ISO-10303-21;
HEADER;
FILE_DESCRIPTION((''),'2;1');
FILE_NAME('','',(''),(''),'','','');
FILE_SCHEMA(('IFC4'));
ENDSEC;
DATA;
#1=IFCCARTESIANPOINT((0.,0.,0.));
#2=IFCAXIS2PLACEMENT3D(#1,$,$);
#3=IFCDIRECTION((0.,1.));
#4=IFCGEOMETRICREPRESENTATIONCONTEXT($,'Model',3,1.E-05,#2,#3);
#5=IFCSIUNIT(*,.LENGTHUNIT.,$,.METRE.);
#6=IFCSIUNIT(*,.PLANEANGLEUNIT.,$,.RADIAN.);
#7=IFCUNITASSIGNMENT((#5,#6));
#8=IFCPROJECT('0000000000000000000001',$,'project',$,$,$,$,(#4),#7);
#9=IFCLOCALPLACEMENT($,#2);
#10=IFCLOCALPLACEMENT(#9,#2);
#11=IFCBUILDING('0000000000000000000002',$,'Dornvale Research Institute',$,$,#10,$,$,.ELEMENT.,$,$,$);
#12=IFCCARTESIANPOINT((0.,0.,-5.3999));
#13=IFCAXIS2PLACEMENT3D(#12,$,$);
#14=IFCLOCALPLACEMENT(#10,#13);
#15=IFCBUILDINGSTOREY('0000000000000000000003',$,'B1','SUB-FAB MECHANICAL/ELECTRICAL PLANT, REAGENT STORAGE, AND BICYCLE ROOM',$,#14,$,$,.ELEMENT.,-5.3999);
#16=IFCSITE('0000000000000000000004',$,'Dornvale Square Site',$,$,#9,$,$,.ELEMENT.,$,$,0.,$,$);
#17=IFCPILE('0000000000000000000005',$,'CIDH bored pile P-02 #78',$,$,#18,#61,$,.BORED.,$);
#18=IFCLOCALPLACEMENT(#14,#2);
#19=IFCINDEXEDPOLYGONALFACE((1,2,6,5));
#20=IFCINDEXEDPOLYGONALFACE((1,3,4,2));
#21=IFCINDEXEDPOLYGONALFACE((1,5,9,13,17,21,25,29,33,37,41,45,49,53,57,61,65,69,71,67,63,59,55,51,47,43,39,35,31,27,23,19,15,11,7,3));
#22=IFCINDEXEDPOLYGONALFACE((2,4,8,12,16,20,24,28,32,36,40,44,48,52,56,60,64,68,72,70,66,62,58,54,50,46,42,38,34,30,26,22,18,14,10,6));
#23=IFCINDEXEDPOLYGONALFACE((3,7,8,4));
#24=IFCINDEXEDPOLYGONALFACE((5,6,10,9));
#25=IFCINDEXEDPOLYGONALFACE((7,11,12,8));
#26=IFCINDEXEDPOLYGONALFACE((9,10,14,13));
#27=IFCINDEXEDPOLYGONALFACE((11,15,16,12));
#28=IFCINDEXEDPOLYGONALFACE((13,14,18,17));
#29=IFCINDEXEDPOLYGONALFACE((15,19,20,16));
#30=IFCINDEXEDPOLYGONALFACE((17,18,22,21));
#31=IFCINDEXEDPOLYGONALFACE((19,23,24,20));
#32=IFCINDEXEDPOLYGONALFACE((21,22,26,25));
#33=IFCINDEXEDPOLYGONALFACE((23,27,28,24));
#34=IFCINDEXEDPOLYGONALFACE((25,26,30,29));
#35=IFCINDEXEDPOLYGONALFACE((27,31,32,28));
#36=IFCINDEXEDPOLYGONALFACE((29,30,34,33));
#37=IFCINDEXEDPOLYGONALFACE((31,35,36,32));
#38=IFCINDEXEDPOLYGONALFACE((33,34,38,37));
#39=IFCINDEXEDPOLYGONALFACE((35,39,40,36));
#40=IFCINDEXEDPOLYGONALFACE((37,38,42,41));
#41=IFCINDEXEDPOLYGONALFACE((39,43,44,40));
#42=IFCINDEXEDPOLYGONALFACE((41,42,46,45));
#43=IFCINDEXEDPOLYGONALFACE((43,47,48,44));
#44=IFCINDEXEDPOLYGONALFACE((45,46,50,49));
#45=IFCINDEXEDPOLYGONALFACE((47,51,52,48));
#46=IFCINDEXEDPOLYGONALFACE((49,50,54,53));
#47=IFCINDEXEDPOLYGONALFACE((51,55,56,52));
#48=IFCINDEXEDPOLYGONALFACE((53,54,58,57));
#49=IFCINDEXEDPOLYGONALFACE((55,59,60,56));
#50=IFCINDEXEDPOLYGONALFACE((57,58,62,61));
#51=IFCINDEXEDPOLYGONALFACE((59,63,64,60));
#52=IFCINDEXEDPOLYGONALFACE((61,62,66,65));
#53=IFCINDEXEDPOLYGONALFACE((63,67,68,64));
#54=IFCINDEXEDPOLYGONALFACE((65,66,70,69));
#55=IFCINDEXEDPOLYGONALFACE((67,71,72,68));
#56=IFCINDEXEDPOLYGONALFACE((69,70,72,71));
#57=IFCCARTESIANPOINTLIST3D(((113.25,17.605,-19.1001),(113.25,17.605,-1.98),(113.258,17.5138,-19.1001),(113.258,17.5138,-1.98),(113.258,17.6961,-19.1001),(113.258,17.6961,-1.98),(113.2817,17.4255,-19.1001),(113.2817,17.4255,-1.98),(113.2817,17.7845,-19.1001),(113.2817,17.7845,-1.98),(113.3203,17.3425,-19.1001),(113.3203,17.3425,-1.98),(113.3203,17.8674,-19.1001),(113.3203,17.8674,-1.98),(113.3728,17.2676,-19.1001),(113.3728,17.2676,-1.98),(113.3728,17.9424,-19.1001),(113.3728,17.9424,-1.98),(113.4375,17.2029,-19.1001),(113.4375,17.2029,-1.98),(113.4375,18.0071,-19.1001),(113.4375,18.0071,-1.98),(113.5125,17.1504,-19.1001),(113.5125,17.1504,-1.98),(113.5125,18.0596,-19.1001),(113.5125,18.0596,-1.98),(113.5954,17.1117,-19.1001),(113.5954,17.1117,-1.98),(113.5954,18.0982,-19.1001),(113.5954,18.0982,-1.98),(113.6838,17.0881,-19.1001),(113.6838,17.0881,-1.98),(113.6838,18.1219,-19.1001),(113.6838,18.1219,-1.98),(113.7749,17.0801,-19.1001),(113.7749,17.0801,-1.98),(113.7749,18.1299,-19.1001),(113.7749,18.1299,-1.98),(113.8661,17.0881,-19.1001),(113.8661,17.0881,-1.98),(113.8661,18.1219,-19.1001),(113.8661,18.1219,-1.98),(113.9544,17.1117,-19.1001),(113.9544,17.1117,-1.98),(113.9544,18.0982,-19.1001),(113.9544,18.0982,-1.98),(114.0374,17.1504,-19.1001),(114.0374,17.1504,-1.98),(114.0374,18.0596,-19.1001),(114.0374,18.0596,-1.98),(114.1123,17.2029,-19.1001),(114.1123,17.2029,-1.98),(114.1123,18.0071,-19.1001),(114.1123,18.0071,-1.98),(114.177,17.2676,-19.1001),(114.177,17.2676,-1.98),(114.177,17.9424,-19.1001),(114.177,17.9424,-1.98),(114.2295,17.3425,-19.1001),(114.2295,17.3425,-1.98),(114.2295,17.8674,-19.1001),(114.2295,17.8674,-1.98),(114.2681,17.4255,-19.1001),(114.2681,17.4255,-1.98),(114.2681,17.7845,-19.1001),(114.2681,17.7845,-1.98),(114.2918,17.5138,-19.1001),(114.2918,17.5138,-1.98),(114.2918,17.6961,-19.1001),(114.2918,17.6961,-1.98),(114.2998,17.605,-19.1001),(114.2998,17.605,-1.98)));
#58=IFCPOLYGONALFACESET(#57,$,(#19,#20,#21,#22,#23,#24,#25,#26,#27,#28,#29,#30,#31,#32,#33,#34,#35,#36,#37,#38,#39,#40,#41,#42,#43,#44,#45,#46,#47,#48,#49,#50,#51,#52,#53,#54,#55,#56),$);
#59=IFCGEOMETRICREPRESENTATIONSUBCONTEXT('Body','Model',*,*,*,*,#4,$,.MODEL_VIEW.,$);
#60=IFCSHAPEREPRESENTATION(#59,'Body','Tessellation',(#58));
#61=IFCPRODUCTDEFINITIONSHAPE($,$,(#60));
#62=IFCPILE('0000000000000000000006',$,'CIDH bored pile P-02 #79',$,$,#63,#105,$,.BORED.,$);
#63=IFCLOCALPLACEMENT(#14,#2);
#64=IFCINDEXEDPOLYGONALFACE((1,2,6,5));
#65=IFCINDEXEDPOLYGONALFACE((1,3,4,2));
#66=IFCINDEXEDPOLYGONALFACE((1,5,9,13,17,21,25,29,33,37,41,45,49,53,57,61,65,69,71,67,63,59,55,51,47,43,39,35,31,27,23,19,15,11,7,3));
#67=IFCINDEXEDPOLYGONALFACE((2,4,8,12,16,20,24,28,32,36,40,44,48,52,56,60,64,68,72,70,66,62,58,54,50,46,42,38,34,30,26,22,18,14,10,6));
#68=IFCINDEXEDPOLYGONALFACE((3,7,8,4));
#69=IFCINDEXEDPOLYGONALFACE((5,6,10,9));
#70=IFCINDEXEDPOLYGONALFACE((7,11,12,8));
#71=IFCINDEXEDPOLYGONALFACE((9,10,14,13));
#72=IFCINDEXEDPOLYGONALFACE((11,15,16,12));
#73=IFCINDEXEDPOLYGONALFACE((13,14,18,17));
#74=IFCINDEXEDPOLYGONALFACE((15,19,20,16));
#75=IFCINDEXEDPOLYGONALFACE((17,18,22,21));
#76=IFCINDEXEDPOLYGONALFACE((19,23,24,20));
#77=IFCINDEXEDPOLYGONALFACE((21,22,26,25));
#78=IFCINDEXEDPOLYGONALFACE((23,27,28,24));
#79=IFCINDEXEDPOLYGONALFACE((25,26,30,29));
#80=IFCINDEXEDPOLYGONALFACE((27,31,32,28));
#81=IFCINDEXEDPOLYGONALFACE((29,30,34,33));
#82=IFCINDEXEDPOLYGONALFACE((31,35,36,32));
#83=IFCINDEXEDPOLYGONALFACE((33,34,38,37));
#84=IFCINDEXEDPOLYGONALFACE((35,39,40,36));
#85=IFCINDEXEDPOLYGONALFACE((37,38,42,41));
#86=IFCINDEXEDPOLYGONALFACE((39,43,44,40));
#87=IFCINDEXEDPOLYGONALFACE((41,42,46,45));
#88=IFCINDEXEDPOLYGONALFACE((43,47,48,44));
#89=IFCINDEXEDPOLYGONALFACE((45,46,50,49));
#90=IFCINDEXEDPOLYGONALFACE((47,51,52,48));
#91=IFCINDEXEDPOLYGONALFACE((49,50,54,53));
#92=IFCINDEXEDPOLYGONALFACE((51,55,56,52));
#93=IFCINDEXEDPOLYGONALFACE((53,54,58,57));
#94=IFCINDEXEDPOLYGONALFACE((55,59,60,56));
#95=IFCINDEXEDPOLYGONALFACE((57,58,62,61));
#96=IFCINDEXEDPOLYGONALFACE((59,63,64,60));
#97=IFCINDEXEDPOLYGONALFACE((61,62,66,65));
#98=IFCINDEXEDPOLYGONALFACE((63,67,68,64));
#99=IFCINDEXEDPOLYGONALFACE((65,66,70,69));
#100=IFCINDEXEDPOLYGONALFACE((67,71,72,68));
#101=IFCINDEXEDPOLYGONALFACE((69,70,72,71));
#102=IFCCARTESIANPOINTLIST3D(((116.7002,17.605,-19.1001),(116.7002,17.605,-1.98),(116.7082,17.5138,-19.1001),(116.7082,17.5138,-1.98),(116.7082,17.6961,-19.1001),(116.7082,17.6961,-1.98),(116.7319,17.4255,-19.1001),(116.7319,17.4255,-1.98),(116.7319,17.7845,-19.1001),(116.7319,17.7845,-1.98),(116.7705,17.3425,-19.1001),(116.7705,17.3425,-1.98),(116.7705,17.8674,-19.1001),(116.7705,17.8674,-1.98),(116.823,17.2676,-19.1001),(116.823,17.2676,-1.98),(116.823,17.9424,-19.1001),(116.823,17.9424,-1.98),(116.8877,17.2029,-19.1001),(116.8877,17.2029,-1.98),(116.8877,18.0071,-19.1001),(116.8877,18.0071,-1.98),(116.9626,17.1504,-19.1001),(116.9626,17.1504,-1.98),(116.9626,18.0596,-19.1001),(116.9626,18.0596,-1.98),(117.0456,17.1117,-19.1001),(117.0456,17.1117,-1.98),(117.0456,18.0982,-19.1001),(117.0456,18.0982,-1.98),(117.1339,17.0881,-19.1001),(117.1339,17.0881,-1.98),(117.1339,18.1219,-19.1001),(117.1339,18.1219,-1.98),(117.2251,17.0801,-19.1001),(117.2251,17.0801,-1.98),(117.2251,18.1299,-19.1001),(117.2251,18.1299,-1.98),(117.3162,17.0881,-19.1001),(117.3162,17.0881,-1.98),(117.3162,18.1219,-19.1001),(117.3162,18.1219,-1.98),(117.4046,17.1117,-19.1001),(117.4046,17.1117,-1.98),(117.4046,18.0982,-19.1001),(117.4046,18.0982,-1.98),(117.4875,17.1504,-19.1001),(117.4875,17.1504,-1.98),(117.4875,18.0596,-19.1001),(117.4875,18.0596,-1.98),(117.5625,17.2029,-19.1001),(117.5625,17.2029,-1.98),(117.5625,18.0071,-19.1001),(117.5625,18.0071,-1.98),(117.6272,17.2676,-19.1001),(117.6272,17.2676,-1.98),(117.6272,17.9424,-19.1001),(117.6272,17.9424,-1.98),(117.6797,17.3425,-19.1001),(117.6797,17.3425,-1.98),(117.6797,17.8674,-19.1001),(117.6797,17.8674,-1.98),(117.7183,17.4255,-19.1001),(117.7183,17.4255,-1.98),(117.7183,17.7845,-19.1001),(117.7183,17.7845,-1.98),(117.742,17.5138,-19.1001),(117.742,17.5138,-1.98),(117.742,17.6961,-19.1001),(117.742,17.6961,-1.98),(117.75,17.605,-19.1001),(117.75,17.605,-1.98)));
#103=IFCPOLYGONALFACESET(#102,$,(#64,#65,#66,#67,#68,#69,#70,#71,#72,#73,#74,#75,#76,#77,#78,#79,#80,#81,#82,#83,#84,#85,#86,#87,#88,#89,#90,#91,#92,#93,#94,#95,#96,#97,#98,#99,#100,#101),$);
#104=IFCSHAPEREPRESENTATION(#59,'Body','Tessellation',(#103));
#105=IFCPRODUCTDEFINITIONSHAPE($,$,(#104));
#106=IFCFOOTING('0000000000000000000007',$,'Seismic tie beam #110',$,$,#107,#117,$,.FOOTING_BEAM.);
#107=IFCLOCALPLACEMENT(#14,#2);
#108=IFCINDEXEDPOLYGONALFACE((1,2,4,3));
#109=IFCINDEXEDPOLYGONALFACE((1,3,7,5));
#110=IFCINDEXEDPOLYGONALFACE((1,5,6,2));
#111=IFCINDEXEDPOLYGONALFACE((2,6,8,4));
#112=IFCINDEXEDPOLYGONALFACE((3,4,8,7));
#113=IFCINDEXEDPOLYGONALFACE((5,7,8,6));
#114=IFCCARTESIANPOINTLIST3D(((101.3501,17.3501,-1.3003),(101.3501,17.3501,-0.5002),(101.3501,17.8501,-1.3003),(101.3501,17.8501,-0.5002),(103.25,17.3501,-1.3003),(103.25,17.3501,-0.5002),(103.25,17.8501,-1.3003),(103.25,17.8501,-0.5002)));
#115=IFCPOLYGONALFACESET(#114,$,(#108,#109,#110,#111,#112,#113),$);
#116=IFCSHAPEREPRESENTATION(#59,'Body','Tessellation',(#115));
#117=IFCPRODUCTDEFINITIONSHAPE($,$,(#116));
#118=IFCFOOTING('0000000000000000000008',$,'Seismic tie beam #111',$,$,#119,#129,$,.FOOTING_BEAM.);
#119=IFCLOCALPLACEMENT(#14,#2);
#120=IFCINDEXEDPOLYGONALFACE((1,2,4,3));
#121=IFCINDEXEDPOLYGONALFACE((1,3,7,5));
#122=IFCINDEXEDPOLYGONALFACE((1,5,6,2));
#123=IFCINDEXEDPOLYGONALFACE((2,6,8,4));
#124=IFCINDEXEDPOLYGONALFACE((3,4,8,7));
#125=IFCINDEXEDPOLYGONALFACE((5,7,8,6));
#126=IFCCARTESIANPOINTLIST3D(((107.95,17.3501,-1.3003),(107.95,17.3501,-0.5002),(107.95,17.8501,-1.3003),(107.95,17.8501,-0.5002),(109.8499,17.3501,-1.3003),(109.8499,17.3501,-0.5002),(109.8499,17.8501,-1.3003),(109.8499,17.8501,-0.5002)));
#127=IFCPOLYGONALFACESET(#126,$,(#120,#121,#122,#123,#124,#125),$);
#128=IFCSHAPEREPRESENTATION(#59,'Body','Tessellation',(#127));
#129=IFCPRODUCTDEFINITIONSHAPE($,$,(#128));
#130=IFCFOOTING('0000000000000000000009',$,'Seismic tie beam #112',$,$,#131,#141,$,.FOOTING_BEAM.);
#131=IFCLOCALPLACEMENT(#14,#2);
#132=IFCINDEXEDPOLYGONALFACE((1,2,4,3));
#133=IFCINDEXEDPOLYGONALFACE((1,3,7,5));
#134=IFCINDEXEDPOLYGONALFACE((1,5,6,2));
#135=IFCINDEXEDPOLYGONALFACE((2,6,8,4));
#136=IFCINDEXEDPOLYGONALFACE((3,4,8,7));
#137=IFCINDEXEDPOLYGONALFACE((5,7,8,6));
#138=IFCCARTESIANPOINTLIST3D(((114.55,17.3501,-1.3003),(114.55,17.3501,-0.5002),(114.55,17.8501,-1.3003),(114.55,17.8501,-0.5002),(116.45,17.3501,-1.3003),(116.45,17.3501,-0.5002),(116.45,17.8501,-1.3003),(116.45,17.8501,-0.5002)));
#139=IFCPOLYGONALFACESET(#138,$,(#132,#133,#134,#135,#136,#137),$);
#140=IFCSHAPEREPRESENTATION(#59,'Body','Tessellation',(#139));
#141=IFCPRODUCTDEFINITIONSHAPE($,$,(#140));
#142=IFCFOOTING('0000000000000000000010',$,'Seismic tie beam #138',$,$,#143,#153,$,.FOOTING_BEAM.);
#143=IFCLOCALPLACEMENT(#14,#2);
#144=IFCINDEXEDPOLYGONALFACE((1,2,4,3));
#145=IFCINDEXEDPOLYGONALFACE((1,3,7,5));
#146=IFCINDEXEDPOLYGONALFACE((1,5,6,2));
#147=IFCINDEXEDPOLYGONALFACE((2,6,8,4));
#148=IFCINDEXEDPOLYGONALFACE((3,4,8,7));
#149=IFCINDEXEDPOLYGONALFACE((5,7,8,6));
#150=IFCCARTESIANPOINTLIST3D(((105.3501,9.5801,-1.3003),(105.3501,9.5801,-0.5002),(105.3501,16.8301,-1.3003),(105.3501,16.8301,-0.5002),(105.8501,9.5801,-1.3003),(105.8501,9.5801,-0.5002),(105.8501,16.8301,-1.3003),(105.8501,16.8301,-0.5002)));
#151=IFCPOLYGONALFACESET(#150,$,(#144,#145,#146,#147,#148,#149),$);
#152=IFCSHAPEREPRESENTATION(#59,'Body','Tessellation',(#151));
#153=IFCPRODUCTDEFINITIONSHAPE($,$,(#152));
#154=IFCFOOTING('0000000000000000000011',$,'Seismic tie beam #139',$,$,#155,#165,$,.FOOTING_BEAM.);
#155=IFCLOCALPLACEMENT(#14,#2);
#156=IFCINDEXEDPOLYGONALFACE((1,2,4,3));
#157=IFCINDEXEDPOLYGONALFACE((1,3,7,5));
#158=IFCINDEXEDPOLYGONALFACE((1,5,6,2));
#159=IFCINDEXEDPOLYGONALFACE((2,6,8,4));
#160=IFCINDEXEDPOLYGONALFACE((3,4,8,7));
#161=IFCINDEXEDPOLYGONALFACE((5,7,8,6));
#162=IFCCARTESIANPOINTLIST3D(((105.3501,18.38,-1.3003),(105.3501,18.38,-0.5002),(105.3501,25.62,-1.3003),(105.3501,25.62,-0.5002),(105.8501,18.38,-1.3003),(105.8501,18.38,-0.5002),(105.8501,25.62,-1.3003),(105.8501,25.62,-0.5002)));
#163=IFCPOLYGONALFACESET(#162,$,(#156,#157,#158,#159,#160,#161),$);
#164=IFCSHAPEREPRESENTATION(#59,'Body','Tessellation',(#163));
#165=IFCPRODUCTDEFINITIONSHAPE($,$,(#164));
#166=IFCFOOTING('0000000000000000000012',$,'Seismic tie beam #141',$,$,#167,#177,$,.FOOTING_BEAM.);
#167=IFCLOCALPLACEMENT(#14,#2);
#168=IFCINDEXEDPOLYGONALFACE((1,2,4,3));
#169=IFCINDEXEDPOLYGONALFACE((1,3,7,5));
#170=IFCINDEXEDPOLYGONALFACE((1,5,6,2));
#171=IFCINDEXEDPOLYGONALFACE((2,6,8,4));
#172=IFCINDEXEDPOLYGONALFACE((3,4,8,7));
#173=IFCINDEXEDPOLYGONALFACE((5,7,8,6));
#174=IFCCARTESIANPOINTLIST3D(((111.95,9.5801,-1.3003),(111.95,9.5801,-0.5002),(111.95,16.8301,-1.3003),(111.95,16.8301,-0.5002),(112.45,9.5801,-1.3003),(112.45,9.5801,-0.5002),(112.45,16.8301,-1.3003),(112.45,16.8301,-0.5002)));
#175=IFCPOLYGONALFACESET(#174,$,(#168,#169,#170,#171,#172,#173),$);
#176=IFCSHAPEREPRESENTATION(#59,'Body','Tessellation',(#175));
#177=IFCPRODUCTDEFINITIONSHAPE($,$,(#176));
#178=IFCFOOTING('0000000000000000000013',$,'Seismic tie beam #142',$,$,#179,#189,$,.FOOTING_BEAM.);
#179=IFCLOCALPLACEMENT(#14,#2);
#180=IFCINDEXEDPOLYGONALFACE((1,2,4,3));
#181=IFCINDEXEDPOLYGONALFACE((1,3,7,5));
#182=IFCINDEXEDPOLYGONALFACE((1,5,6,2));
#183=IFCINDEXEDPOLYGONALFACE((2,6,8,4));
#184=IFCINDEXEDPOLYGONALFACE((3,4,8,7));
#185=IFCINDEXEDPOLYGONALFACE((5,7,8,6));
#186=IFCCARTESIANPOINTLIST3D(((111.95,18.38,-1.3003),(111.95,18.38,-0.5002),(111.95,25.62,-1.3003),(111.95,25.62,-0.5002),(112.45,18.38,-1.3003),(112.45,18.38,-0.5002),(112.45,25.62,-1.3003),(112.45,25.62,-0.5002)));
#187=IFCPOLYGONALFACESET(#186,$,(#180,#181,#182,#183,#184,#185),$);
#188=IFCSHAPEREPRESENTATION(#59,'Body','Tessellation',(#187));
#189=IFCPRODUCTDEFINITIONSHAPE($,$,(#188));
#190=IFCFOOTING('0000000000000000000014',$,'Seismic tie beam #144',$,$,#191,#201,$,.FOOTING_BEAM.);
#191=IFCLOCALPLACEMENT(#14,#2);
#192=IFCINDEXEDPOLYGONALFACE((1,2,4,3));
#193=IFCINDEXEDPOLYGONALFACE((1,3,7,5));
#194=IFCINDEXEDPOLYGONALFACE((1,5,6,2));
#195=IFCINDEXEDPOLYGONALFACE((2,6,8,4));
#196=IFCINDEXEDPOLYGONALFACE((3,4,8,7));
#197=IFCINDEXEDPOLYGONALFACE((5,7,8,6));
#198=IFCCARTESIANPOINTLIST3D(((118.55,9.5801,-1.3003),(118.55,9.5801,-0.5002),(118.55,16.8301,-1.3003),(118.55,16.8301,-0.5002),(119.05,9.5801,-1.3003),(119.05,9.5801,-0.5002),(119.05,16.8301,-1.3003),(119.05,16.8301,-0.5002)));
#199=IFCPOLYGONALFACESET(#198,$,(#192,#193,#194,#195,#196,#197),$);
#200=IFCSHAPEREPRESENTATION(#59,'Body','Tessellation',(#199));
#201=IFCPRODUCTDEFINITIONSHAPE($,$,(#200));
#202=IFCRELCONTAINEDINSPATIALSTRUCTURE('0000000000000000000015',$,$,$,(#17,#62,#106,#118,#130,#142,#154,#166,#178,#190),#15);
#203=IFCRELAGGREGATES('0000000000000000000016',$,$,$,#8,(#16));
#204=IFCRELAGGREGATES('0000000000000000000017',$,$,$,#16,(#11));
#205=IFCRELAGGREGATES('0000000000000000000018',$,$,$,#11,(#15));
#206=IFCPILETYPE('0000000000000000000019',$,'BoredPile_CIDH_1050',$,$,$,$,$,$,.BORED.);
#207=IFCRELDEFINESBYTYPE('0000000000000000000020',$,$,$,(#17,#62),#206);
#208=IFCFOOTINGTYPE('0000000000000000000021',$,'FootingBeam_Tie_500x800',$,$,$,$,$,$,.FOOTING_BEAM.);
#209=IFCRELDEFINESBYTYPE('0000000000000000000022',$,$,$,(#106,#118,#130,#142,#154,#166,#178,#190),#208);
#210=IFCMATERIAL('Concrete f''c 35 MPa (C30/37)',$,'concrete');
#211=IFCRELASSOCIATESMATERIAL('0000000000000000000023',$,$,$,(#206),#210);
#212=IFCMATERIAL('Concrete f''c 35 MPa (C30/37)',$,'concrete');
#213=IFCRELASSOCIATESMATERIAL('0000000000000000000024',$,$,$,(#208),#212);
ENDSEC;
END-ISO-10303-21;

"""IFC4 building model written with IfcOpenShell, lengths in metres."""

from ifc_helpers import new_model, si_unit, direction, frame, origin, origin_2d, place, context, subcontext, project, spatial, rectangle, circle, extrude, material, material_profile, profile_set, type_object, element, save


model = new_model("IFC4")

# Units and contexts
model_context = context("Model", 3, precision=1e-05, world=origin(), true_north=direction((0.0, 1.0)))
body_context = subcontext(model_context, "Body", "Model", "MODEL_VIEW")
ifc_project = project(units=[si_unit("LENGTHUNIT", "METRE"), si_unit("PLANEANGLEUNIT", "RADIAN")], contexts=[model_context])

# Site, building, storey
site_placement = place(None, origin())
site = spatial("IfcSite", under=ifc_project, at=site_placement, Name="Dornvale Square Site", CompositionType="ELEMENT", RefElevation=0.0)
building_placement = place(site_placement, origin())
building = spatial("IfcBuilding", under=site, at=building_placement, Name="Dornvale Research Institute", CompositionType="ELEMENT")
storey_placement = place(building_placement, frame((0.0, 0.0, -5.3999)))
storey = spatial("IfcBuildingStorey", under=building, at=storey_placement, Name="B1", Description="SUB-FAB MECHANICAL/ELECTRICAL PLANT, REAGENT STORAGE, AND BICYCLE ROOM", CompositionType="ELEMENT", Elevation=-5.3999)

# Piles
ifc_material_1 = material(Name="Concrete f'c 35 MPa (C30/37)", Category="concrete")
ifc_material_profile_1 = material_profile(ifc_material_1, circle(Radius=0.5249, at=origin_2d()), Name="CIDH PILE D1050")
ifc_profile_set_1 = profile_set([ifc_material_profile_1], Name="Concrete f'c 35 MPa (C30/37)")
pile_type = type_object("IfcPileType", Name="BoredPile_CIDH_1050", PredefinedType="BORED", material=ifc_profile_set_1)
for number, where, z_axis, x_axis, name in (
    (1, (113.7749, 17.605, -1.98), (0.0, 0.0, -1.0), (1.0, 0.0, 0.0), "CIDH bored pile P-02 #78"),
    (2, (117.2251, 17.605, -1.98), (0.0, 0.0, -1.0), (1.0, 0.0, 0.0), "CIDH bored pile P-02 #79"),
):
    element("IfcPile", number, at=place(storey_placement, frame(where, z_axis=z_axis, x_axis=x_axis)), inside=storey, type_object=pile_type, Name=name, PredefinedType="BORED", context=body_context, shape_type="SweptSolid", body=[
        extrude(circle(Radius=0.5249, at=origin_2d()), origin(), (0.0, 0.0, 1.0), 17.1201),
    ])

# Footings
ifc_material_2 = material(Name="Concrete f'c 35 MPa (C30/37)", Category="concrete")
footing_type_1 = type_object("IfcFootingType", Name="FootingBeam_Tie_500x800", PredefinedType="FOOTING_BEAM", material=ifc_material_2)
for number, where, z_axis, x_axis, name in (
    (3, (102.3, 17.6001, -1.3003), (0.0, 0.0, 1.0), (1.0, 0.0, 0.0), "Seismic tie beam #110"),
    (4, (108.8999, 17.6001, -1.3003), (0.0, 0.0, 1.0), (1.0, 0.0, 0.0), "Seismic tie beam #111"),
    (5, (115.5, 17.6001, -1.3003), (0.0, 0.0, 1.0), (1.0, 0.0, 0.0), "Seismic tie beam #112"),
):
    element("IfcFooting", number, at=place(storey_placement, frame(where, z_axis=z_axis, x_axis=x_axis)), inside=storey, type_object=footing_type_1, Name=name, PredefinedType="FOOTING_BEAM", context=body_context, shape_type="SweptSolid", body=[
        extrude(rectangle(XDim=1.8999, YDim=0.5, at=origin_2d()), origin(), (0.0, 0.0, 1.0), 0.8),
    ])
footing_1_placement = place(storey_placement, frame((105.6001, 13.2051, -1.3003), z_axis=(0.0, 0.0, 1.0), x_axis=(0.0, 1.0, 0.0)))
element("IfcFooting", 6, at=footing_1_placement, inside=storey, type_object=footing_type_1, Name="Seismic tie beam #138", PredefinedType="FOOTING_BEAM", context=body_context, shape_type="SweptSolid", body=[
    extrude(rectangle(XDim=7.25, YDim=0.5, at=origin_2d()), origin(), (0.0, 0.0, 1.0), 0.8),
])
footing_2_placement = place(storey_placement, frame((105.6001, 22.0, -1.3003), z_axis=(0.0, 0.0, 1.0), x_axis=(0.0, 1.0, 0.0)))
element("IfcFooting", 7, at=footing_2_placement, inside=storey, type_object=footing_type_1, Name="Seismic tie beam #139", PredefinedType="FOOTING_BEAM", context=body_context, shape_type="SweptSolid", body=[
    extrude(rectangle(XDim=7.24, YDim=0.5, at=origin_2d()), origin(), (0.0, 0.0, 1.0), 0.8),
])
footing_3_placement = place(storey_placement, frame((112.2, 13.2051, -1.3003), z_axis=(0.0, 0.0, 1.0), x_axis=(0.0, 1.0, 0.0)))
element("IfcFooting", 8, at=footing_3_placement, inside=storey, type_object=footing_type_1, Name="Seismic tie beam #141", PredefinedType="FOOTING_BEAM", context=body_context, shape_type="SweptSolid", body=[
    extrude(rectangle(XDim=7.25, YDim=0.5, at=origin_2d()), origin(), (0.0, 0.0, 1.0), 0.8),
])
footing_4_placement = place(storey_placement, frame((112.2, 22.0, -1.3003), z_axis=(0.0, 0.0, 1.0), x_axis=(0.0, 1.0, 0.0)))
element("IfcFooting", 9, at=footing_4_placement, inside=storey, type_object=footing_type_1, Name="Seismic tie beam #142", PredefinedType="FOOTING_BEAM", context=body_context, shape_type="SweptSolid", body=[
    extrude(rectangle(XDim=7.24, YDim=0.5, at=origin_2d()), origin(), (0.0, 0.0, 1.0), 0.8),
])
footing_5_placement = place(storey_placement, frame((118.8, 13.2051, -1.3003), z_axis=(0.0, 0.0, 1.0), x_axis=(0.0, 1.0, 0.0)))
element("IfcFooting", 10, at=footing_5_placement, inside=storey, type_object=footing_type_1, Name="Seismic tie beam #144", PredefinedType="FOOTING_BEAM", context=body_context, shape_type="SweptSolid", body=[
    extrude(rectangle(XDim=7.25, YDim=0.5, at=origin_2d()), origin(), (0.0, 0.0, 1.0), 0.8),
])

save(model, "model.ifc")
